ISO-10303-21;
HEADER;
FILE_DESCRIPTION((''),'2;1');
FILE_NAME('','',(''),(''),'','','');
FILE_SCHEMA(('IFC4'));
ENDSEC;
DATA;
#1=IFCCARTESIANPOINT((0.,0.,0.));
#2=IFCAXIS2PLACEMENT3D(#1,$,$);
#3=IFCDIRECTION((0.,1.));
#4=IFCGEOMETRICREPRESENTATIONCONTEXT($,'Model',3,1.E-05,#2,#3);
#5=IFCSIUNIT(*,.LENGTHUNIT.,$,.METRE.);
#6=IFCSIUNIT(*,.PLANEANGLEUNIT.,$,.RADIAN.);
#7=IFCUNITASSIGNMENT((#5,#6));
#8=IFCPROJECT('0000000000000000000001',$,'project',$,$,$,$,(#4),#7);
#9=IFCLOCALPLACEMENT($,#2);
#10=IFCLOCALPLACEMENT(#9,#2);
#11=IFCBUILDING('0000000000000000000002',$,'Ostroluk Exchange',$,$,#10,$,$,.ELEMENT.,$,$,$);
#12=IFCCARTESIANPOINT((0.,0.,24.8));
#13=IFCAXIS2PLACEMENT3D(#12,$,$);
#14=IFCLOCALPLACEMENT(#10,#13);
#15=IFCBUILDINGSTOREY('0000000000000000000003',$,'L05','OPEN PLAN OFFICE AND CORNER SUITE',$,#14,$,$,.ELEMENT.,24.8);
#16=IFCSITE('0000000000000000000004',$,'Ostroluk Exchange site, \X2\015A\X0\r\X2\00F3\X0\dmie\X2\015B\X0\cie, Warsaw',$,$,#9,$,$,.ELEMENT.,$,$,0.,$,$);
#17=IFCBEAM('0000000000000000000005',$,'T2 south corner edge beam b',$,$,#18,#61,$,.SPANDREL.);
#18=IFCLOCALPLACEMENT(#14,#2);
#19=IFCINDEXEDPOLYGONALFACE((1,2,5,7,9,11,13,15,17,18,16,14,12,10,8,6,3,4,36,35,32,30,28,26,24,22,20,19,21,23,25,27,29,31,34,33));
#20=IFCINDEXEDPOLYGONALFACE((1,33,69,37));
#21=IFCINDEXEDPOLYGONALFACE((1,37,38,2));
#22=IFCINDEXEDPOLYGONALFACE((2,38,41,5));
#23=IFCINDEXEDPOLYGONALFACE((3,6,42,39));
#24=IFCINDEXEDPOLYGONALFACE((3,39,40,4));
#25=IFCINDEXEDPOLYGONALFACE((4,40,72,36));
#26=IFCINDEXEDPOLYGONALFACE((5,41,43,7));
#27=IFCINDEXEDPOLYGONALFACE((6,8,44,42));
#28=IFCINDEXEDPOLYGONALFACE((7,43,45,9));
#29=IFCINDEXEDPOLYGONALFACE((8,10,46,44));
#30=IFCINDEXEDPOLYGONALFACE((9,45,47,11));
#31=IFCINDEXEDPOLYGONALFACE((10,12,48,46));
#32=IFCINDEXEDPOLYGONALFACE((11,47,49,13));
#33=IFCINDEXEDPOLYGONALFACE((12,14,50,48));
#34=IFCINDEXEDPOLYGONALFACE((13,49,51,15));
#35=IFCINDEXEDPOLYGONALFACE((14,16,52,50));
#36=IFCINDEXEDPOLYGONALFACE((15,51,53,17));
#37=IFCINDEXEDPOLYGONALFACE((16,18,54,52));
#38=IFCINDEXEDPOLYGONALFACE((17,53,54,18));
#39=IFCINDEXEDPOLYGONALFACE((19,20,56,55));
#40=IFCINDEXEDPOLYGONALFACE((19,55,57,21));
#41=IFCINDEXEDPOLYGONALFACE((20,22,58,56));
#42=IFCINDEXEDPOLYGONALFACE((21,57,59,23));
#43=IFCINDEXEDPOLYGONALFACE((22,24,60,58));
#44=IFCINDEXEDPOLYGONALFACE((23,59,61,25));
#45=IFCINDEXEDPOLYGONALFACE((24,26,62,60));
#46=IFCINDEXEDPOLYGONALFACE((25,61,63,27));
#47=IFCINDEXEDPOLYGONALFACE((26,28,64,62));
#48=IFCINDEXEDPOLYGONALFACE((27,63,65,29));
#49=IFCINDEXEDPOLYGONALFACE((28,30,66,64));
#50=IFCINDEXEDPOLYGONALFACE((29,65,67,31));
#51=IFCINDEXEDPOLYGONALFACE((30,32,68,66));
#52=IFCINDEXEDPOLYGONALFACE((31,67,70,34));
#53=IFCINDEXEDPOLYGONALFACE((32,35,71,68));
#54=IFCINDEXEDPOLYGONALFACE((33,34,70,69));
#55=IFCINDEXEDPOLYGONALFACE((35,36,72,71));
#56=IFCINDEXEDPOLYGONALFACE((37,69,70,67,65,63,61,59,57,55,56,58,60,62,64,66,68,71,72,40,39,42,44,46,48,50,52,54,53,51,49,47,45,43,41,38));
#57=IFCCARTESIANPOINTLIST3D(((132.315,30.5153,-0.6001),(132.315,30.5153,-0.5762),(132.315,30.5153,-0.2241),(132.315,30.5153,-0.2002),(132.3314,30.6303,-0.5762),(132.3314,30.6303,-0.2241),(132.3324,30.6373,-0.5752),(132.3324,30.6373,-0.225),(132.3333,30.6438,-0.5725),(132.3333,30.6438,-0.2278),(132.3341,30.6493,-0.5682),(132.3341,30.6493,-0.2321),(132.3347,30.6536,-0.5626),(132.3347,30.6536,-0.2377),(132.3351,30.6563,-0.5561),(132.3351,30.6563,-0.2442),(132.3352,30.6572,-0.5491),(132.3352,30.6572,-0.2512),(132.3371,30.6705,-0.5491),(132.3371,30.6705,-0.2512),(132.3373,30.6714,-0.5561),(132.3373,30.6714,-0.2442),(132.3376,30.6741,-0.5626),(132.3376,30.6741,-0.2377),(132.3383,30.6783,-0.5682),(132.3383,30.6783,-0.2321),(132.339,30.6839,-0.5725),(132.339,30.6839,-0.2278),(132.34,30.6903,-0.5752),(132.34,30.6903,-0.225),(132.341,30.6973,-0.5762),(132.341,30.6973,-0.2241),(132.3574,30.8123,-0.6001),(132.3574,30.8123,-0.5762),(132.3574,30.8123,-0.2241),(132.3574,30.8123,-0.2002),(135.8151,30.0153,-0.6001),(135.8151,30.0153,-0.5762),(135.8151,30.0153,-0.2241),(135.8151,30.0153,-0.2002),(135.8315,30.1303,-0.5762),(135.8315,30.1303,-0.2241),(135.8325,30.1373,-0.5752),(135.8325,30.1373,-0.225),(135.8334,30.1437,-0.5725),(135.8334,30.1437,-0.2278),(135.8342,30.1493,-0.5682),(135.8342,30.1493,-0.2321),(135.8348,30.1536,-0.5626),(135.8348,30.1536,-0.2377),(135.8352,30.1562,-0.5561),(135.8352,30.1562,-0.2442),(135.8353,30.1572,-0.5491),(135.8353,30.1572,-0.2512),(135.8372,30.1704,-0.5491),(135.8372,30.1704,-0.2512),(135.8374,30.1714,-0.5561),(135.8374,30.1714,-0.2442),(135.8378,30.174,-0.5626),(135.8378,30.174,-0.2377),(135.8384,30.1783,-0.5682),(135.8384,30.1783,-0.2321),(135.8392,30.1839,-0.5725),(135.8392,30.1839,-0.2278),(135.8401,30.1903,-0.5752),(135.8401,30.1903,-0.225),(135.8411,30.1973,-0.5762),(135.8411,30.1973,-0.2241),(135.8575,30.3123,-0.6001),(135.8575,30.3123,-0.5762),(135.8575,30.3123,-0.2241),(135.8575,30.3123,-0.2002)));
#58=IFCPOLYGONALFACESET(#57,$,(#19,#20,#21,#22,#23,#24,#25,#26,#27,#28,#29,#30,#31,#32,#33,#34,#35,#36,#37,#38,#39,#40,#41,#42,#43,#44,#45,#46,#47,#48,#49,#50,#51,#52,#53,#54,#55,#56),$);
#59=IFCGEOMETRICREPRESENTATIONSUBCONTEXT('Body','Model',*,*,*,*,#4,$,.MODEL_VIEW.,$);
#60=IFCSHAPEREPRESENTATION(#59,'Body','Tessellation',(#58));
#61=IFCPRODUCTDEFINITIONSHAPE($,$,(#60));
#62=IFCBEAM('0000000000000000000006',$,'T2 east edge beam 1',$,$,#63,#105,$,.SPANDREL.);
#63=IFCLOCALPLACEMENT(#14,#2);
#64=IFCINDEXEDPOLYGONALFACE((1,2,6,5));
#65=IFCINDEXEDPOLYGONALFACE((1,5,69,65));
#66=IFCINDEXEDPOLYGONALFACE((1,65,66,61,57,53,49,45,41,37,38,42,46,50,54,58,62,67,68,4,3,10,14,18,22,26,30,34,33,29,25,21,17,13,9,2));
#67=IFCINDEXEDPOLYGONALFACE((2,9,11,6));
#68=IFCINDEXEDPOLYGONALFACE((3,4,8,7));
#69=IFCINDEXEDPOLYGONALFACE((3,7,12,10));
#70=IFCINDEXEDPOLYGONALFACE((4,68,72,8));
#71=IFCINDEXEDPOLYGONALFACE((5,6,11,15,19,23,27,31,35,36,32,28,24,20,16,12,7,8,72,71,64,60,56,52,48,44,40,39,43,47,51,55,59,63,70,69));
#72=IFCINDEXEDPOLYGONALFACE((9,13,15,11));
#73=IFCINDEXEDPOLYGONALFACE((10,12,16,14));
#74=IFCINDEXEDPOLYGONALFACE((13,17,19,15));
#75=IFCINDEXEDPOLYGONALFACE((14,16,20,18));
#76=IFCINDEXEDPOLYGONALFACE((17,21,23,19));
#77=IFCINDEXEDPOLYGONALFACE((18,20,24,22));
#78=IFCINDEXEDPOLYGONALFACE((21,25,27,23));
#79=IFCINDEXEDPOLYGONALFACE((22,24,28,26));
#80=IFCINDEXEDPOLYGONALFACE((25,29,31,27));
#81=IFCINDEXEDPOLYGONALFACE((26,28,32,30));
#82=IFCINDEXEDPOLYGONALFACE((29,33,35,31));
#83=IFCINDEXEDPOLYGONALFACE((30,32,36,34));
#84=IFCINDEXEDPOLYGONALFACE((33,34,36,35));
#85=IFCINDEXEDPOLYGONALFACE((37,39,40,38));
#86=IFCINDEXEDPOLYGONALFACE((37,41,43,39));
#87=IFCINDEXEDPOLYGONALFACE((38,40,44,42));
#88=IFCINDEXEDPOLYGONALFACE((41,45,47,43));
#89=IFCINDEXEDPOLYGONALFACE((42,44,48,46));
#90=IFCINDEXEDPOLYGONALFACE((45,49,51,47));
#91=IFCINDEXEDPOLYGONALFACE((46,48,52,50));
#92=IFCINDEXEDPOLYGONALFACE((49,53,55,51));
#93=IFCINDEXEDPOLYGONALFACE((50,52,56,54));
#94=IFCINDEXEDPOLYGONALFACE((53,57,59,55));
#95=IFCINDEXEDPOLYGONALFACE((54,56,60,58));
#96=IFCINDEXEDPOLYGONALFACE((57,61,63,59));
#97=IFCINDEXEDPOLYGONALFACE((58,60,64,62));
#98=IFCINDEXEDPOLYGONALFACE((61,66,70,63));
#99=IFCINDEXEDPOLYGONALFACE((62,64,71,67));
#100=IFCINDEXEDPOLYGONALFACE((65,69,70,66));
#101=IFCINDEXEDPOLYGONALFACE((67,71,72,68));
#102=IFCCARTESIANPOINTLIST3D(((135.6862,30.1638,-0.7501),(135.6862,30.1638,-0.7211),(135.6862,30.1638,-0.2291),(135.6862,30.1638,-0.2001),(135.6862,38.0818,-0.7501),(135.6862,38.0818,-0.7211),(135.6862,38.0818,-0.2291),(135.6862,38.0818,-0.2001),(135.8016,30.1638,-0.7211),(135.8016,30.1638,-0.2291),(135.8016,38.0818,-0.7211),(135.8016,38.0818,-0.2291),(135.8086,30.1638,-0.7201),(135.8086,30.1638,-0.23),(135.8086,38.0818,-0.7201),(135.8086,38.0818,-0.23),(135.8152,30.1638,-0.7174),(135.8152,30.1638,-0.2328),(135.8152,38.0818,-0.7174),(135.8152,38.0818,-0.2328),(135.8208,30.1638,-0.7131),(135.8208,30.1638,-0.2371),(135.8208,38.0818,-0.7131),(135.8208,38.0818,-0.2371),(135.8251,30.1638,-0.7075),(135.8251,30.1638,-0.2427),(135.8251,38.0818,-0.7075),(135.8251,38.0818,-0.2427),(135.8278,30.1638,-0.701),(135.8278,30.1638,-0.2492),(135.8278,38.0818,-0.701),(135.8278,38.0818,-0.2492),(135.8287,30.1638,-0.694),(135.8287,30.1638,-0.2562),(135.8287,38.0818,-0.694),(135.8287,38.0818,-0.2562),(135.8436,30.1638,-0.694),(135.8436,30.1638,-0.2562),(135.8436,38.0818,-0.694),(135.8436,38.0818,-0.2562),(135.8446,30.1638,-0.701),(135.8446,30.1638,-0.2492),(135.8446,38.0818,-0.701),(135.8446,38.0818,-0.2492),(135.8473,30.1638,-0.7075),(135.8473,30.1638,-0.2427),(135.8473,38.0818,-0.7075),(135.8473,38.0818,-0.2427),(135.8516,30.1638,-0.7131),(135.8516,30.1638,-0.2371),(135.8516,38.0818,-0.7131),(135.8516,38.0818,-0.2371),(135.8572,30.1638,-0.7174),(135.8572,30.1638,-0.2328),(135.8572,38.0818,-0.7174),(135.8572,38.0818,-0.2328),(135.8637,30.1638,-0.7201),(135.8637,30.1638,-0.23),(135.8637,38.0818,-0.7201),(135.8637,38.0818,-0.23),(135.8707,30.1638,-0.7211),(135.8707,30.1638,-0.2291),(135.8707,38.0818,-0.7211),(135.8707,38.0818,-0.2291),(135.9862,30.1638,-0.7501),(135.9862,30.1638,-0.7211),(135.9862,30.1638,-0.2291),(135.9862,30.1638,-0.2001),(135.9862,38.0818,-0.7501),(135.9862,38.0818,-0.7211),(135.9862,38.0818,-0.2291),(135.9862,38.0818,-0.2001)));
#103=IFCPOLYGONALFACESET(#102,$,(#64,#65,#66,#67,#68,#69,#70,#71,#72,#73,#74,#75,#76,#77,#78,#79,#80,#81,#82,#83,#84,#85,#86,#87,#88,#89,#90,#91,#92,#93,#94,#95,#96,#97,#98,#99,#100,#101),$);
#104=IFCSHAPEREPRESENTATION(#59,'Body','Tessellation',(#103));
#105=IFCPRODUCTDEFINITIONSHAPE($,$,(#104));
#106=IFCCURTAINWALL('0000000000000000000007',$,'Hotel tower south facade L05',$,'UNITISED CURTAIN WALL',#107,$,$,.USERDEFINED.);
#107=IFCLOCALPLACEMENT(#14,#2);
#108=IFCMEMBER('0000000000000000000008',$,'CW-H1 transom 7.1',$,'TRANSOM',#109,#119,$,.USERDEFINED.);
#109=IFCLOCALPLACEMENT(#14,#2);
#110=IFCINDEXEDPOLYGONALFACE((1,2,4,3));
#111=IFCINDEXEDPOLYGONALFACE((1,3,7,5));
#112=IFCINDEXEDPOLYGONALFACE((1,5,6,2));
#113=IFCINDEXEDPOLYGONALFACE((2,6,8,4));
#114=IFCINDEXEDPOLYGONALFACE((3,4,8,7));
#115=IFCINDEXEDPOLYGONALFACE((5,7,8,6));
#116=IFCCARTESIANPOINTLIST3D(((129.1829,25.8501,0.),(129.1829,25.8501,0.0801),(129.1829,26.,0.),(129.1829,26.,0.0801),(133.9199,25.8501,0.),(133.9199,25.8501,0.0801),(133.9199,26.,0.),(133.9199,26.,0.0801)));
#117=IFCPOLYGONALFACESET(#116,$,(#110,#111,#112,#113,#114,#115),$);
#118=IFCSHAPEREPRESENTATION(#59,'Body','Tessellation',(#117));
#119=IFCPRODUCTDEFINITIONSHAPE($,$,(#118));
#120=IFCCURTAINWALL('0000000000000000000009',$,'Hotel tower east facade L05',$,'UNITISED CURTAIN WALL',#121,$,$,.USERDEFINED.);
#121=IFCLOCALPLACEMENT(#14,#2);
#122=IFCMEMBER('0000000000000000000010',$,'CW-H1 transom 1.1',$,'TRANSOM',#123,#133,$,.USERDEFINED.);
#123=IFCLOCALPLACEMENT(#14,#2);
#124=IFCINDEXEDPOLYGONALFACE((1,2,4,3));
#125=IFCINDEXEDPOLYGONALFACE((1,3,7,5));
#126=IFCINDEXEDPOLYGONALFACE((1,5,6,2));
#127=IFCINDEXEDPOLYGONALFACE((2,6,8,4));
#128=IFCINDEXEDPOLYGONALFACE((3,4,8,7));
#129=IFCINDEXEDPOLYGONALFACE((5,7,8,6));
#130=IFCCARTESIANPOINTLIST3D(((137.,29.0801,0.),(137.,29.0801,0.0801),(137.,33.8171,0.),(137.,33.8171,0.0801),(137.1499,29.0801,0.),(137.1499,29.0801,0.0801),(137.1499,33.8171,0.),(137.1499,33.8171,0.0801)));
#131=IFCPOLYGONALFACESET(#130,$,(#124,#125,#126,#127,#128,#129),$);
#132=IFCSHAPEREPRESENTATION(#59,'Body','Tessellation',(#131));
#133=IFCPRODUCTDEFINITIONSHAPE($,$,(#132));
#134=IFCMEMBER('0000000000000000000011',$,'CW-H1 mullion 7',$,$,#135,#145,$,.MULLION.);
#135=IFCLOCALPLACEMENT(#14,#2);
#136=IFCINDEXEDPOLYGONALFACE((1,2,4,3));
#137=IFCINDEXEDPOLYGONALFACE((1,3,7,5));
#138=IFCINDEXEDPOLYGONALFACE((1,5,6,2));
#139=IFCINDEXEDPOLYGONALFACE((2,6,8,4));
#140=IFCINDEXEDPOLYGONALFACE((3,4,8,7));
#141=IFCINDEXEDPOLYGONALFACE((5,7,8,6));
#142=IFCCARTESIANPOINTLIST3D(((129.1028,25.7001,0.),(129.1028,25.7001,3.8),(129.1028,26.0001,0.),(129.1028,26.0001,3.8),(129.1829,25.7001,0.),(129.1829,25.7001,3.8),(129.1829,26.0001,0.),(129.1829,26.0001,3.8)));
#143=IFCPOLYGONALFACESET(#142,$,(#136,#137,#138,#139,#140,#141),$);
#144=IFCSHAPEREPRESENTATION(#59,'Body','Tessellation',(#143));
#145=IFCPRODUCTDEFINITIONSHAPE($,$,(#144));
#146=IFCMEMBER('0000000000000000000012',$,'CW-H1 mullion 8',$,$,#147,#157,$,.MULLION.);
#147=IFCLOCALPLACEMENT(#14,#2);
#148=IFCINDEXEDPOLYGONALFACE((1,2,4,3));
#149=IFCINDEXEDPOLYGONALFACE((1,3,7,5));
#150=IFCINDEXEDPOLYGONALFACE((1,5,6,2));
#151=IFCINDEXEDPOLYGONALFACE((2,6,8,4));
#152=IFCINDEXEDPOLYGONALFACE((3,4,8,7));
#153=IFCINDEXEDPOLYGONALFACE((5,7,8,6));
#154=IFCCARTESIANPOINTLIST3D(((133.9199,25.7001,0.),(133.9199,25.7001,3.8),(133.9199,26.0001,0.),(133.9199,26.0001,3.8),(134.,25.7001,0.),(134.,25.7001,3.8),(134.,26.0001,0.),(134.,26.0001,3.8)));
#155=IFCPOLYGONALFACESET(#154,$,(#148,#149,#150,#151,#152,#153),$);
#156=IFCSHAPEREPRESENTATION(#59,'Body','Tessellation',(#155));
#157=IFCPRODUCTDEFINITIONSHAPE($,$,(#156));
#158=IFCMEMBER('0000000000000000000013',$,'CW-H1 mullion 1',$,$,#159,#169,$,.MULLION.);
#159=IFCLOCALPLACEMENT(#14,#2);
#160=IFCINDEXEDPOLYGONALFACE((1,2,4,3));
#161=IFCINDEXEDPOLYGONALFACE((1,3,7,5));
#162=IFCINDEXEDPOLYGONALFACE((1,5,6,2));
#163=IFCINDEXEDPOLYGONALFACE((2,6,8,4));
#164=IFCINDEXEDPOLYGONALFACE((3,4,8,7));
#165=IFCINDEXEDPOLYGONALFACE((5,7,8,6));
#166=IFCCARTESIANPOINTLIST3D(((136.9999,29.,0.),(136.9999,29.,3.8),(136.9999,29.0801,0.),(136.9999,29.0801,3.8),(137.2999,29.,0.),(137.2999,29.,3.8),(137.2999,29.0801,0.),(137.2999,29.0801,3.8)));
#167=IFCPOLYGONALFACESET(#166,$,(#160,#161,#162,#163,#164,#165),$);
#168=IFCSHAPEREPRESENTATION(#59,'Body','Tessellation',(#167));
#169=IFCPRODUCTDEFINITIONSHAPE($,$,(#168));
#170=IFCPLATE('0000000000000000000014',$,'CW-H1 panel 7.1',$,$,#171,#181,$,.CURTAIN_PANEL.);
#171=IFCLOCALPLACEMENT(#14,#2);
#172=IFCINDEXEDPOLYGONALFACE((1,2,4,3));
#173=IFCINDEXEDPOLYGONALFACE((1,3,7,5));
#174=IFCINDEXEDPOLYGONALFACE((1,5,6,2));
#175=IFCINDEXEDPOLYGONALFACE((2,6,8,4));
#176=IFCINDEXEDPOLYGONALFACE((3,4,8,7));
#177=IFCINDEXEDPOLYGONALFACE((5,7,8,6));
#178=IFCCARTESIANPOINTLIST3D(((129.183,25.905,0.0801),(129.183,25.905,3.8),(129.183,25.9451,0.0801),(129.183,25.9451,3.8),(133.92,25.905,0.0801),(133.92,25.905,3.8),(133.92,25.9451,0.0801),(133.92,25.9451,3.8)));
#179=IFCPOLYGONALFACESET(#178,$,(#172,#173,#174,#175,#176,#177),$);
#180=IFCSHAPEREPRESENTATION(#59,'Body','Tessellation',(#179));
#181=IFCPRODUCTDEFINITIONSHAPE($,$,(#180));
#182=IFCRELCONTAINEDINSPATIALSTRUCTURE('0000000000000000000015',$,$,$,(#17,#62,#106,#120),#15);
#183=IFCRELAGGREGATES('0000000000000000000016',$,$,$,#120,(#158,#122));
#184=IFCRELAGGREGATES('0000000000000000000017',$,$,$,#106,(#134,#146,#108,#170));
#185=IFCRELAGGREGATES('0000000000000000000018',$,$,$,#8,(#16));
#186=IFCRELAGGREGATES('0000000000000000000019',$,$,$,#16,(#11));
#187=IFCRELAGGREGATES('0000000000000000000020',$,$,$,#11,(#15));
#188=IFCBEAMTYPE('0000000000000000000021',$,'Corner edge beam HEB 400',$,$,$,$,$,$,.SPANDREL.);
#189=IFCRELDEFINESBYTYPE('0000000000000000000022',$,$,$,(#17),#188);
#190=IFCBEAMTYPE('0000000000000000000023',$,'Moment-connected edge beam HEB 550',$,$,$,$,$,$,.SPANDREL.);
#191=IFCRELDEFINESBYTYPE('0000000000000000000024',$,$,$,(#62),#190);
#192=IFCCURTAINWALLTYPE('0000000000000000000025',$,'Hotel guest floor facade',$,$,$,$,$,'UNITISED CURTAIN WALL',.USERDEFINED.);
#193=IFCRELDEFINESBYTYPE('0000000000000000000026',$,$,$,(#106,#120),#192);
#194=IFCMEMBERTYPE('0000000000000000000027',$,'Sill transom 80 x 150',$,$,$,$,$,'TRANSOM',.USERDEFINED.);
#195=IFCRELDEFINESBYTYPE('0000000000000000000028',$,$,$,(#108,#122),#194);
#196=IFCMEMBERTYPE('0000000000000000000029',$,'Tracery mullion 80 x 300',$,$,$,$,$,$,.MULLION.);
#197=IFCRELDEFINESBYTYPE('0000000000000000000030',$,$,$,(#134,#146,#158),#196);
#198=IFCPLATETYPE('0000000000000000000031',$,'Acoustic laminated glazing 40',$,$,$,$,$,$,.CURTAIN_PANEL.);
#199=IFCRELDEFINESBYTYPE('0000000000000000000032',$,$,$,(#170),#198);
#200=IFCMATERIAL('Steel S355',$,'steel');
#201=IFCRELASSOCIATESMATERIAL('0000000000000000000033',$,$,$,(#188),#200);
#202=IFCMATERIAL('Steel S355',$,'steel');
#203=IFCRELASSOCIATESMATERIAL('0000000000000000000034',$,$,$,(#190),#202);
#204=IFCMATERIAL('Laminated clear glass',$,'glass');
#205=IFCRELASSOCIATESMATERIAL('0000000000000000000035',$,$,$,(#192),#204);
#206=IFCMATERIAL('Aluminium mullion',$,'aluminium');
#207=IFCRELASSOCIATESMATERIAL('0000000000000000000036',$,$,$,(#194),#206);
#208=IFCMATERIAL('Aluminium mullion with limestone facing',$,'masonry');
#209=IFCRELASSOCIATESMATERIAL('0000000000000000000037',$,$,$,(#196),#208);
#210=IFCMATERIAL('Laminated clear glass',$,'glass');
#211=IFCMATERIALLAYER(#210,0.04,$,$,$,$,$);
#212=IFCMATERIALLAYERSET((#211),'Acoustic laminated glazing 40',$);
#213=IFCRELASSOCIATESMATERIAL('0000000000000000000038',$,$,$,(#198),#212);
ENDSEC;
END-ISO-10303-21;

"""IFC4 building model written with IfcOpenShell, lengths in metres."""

from ifc_helpers import new_model, si_unit, direction, frame, origin, origin_2d, place, context, subcontext, project, spatial, rectangle, i_section, extrude, material, layer, layer_set, material_profile, profile_set, type_object, element, aggregate, save


model = new_model("IFC4")

# Units and contexts
model_context = context("Model", 3, precision=1e-05, world=origin(), true_north=direction((0.0, 1.0)))
body_context = subcontext(model_context, "Body", "Model", "MODEL_VIEW")
ifc_project = project(units=[si_unit("LENGTHUNIT", "METRE"), si_unit("PLANEANGLEUNIT", "RADIAN")], contexts=[model_context])

# Site, building, storey
site_placement = place(None, origin())
site = spatial("IfcSite", under=ifc_project, at=site_placement, Name="Ostroluk Exchange site, Śródmieście, Warsaw", CompositionType="ELEMENT", RefElevation=0.0)
building_placement = place(site_placement, origin())
building = spatial("IfcBuilding", under=site, at=building_placement, Name="Ostroluk Exchange", CompositionType="ELEMENT")
storey_placement = place(building_placement, frame((0.0, 0.0, 24.8)))
storey = spatial("IfcBuildingStorey", under=building, at=storey_placement, Name="L05", Description="OPEN PLAN OFFICE AND CORNER SUITE", CompositionType="ELEMENT", Elevation=24.8)

# Beams
ifc_material_1 = material(Name="Steel S355", Category="steel")
ifc_material_profile_1 = material_profile(ifc_material_1, i_section(OverallWidth=0.3, OverallDepth=0.3999, WebThickness=0.0134, FlangeThickness=0.0239, FilletRadius=0.0271, at=origin_2d()), Name="HEB 400")
ifc_profile_set_1 = profile_set([ifc_material_profile_1], Name="Steel S355")
beam_type_1 = type_object("IfcBeamType", Name="Corner edge beam HEB 400", PredefinedType="SPANDREL", material=ifc_profile_set_1)
for number, where, z_axis, x_axis, name in (
    (1, (132.3362, 30.6638, -0.4001), (0.989949, -0.141421, 0.0), (0.141421, 0.989949, 0.0), "T2 south corner edge beam b"),
):
    element("IfcBeam", number, at=place(storey_placement, frame(where, z_axis=z_axis, x_axis=x_axis)), inside=storey, type_object=beam_type_1, Name=name, PredefinedType="SPANDREL", context=body_context, shape_type="SweptSolid", body=[
        extrude(i_section(OverallWidth=0.3, OverallDepth=0.3999, WebThickness=0.0134, FlangeThickness=0.0239, FilletRadius=0.0271, at=origin_2d()), origin(), (0.0, 0.0, 1.0), 3.5356),
    ])
ifc_material_2 = material(Name="Steel S355", Category="steel")
ifc_material_profile_2 = material_profile(ifc_material_2, i_section(OverallWidth=0.3, OverallDepth=0.55, WebThickness=0.0149, FlangeThickness=0.0291, FilletRadius=0.0271, at=origin_2d()), Name="HEB 550")
ifc_profile_set_2 = profile_set([ifc_material_profile_2], Name="Steel S355")
beam_type_2 = type_object("IfcBeamType", Name="Moment-connected edge beam HEB 550", PredefinedType="SPANDREL", material=ifc_profile_set_2)
beam_1_placement = place(storey_placement, frame((135.8362, 30.1638, -0.4751), z_axis=(0.0, 1.0, 0.0), x_axis=(-1.0, 0.0, 0.0)))
element("IfcBeam", 2, at=beam_1_placement, inside=storey, type_object=beam_type_2, Name="T2 east edge beam 1", PredefinedType="SPANDREL", context=body_context, shape_type="SweptSolid", body=[
    extrude(i_section(OverallWidth=0.3, OverallDepth=0.55, WebThickness=0.0149, FlangeThickness=0.0291, FilletRadius=0.0271, at=origin_2d()), origin(), (0.0, 0.0, 1.0), 7.918),
])

# Curtain walls, members
ifc_material_3 = material(Name="Laminated clear glass", Category="glass")
curtain_wall_type = type_object("IfcCurtainWallType", Name="Hotel guest floor facade", ElementType="UNITISED CURTAIN WALL", PredefinedType="USERDEFINED", material=ifc_material_3)
curtain_wall_1_placement = place(storey_placement, origin())
curtain_wall_1 = element("IfcCurtainWall", 3, at=curtain_wall_1_placement, inside=storey, type_object=curtain_wall_type, Name="Hotel tower south facade L05", ObjectType="UNITISED CURTAIN WALL", PredefinedType="USERDEFINED")
ifc_material_4 = material(Name="Aluminium mullion", Category="aluminium")
ifc_material_profile_3 = material_profile(ifc_material_4, rectangle(XDim=0.1499, YDim=0.0801, at=origin_2d()), Name="Sill transom 80 x 150")
ifc_profile_set_3 = profile_set([ifc_material_profile_3], Name="Aluminium mullion")
member_type_1 = type_object("IfcMemberType", Name="Sill transom 80 x 150", ElementType="TRANSOM", PredefinedType="USERDEFINED", material=ifc_profile_set_3)
member_1_placement = place(storey_placement, frame((129.1829, 25.925, 0.04), z_axis=(1.0, 0.0, 0.0), x_axis=(0.0, 1.0, 0.0)))
member_1 = element("IfcMember", 4, at=member_1_placement, type_object=member_type_1, Name="CW-H1 transom 7.1", ObjectType="TRANSOM", PredefinedType="USERDEFINED", context=body_context, shape_type="SweptSolid", body=[
    extrude(rectangle(XDim=0.1499, YDim=0.0801, at=origin_2d()), origin(), (0.0, 0.0, 1.0), 4.7371),
])
curtain_wall_2_placement = place(storey_placement, origin())
curtain_wall_2 = element("IfcCurtainWall", 5, at=curtain_wall_2_placement, inside=storey, type_object=curtain_wall_type, Name="Hotel tower east facade L05", ObjectType="UNITISED CURTAIN WALL", PredefinedType="USERDEFINED")
member_2_placement = place(storey_placement, frame((137.075, 29.0801, 0.04), z_axis=(0.0, 1.0, 0.0), x_axis=(-1.0, 0.0, 0.0)))
member_2 = element("IfcMember", 6, at=member_2_placement, type_object=member_type_1, Name="CW-H1 transom 1.1", ObjectType="TRANSOM", PredefinedType="USERDEFINED", context=body_context, shape_type="SweptSolid", body=[
    extrude(rectangle(XDim=0.1499, YDim=0.0801, at=origin_2d()), origin(), (0.0, 0.0, 1.0), 4.7371),
])

# Members
ifc_material_5 = material(Name="Aluminium mullion with limestone facing", Category="masonry")
ifc_material_profile_4 = material_profile(ifc_material_5, rectangle(XDim=0.3, YDim=0.0801, at=origin_2d()), Name="Tracery mullion 80 x 300")
ifc_profile_set_4 = profile_set([ifc_material_profile_4], Name="Aluminium mullion with limestone facing")
member_type_2 = type_object("IfcMemberType", Name="Tracery mullion 80 x 300", PredefinedType="MULLION", material=ifc_profile_set_4)
member_3_placement = place(storey_placement, frame((129.1428, 25.8501, 0.0), z_axis=(0.0, 0.0, 1.0), x_axis=(0.0, 1.0, 0.0)))
member_3 = element("IfcMember", 7, at=member_3_placement, type_object=member_type_2, Name="CW-H1 mullion 7", PredefinedType="MULLION", context=body_context, shape_type="SweptSolid", body=[
    extrude(rectangle(XDim=0.3, YDim=0.0801, at=origin_2d()), origin(), (0.0, 0.0, 1.0), 3.8),
])
member_4_placement = place(storey_placement, frame((133.96, 25.8501, 0.0), z_axis=(0.0, 0.0, 1.0), x_axis=(0.0, 1.0, 0.0)))
member_4 = element("IfcMember", 8, at=member_4_placement, type_object=member_type_2, Name="CW-H1 mullion 8", PredefinedType="MULLION", context=body_context, shape_type="SweptSolid", body=[
    extrude(rectangle(XDim=0.3, YDim=0.0801, at=origin_2d()), origin(), (0.0, 0.0, 1.0), 3.8),
])
member_5_placement = place(storey_placement, frame((137.1499, 29.04, 0.0), z_axis=(0.0, 0.0, 1.0), x_axis=(-1.0, 0.0, 0.0)))
member_5 = element("IfcMember", 9, at=member_5_placement, type_object=member_type_2, Name="CW-H1 mullion 1", PredefinedType="MULLION", context=body_context, shape_type="SweptSolid", body=[
    extrude(rectangle(XDim=0.3, YDim=0.0801, at=origin_2d()), origin(), (0.0, 0.0, 1.0), 3.8),
])
aggregate(curtain_wall_2, [member_5, member_2])

# Plate
ifc_material_6 = material(Name="Laminated clear glass", Category="glass")
ifc_layer_1 = layer(ifc_material_6, 0.04)
ifc_layer_set_1 = layer_set([ifc_layer_1], Name="Acoustic laminated glazing 40")
plate_type_1 = type_object("IfcPlateType", Name="Acoustic laminated glazing 40", PredefinedType="CURTAIN_PANEL", material=ifc_layer_set_1)
plate_1_placement = place(storey_placement, frame((131.5515, 25.925, 0.0801), z_axis=(0.0, 0.0, 1.0), x_axis=(1.0, 0.0, 0.0)))
plate_1 = element("IfcPlate", 10, at=plate_1_placement, type_object=plate_type_1, Name="CW-H1 panel 7.1", PredefinedType="CURTAIN_PANEL", context=body_context, shape_type="SweptSolid", body=[
    extrude(rectangle(XDim=4.7371, YDim=0.04, at=origin_2d()), origin(), (0.0, 0.0, 1.0), 3.72),
])
aggregate(curtain_wall_1, [member_3, member_4, member_1, plate_1])

save(model, "model.ifc")
